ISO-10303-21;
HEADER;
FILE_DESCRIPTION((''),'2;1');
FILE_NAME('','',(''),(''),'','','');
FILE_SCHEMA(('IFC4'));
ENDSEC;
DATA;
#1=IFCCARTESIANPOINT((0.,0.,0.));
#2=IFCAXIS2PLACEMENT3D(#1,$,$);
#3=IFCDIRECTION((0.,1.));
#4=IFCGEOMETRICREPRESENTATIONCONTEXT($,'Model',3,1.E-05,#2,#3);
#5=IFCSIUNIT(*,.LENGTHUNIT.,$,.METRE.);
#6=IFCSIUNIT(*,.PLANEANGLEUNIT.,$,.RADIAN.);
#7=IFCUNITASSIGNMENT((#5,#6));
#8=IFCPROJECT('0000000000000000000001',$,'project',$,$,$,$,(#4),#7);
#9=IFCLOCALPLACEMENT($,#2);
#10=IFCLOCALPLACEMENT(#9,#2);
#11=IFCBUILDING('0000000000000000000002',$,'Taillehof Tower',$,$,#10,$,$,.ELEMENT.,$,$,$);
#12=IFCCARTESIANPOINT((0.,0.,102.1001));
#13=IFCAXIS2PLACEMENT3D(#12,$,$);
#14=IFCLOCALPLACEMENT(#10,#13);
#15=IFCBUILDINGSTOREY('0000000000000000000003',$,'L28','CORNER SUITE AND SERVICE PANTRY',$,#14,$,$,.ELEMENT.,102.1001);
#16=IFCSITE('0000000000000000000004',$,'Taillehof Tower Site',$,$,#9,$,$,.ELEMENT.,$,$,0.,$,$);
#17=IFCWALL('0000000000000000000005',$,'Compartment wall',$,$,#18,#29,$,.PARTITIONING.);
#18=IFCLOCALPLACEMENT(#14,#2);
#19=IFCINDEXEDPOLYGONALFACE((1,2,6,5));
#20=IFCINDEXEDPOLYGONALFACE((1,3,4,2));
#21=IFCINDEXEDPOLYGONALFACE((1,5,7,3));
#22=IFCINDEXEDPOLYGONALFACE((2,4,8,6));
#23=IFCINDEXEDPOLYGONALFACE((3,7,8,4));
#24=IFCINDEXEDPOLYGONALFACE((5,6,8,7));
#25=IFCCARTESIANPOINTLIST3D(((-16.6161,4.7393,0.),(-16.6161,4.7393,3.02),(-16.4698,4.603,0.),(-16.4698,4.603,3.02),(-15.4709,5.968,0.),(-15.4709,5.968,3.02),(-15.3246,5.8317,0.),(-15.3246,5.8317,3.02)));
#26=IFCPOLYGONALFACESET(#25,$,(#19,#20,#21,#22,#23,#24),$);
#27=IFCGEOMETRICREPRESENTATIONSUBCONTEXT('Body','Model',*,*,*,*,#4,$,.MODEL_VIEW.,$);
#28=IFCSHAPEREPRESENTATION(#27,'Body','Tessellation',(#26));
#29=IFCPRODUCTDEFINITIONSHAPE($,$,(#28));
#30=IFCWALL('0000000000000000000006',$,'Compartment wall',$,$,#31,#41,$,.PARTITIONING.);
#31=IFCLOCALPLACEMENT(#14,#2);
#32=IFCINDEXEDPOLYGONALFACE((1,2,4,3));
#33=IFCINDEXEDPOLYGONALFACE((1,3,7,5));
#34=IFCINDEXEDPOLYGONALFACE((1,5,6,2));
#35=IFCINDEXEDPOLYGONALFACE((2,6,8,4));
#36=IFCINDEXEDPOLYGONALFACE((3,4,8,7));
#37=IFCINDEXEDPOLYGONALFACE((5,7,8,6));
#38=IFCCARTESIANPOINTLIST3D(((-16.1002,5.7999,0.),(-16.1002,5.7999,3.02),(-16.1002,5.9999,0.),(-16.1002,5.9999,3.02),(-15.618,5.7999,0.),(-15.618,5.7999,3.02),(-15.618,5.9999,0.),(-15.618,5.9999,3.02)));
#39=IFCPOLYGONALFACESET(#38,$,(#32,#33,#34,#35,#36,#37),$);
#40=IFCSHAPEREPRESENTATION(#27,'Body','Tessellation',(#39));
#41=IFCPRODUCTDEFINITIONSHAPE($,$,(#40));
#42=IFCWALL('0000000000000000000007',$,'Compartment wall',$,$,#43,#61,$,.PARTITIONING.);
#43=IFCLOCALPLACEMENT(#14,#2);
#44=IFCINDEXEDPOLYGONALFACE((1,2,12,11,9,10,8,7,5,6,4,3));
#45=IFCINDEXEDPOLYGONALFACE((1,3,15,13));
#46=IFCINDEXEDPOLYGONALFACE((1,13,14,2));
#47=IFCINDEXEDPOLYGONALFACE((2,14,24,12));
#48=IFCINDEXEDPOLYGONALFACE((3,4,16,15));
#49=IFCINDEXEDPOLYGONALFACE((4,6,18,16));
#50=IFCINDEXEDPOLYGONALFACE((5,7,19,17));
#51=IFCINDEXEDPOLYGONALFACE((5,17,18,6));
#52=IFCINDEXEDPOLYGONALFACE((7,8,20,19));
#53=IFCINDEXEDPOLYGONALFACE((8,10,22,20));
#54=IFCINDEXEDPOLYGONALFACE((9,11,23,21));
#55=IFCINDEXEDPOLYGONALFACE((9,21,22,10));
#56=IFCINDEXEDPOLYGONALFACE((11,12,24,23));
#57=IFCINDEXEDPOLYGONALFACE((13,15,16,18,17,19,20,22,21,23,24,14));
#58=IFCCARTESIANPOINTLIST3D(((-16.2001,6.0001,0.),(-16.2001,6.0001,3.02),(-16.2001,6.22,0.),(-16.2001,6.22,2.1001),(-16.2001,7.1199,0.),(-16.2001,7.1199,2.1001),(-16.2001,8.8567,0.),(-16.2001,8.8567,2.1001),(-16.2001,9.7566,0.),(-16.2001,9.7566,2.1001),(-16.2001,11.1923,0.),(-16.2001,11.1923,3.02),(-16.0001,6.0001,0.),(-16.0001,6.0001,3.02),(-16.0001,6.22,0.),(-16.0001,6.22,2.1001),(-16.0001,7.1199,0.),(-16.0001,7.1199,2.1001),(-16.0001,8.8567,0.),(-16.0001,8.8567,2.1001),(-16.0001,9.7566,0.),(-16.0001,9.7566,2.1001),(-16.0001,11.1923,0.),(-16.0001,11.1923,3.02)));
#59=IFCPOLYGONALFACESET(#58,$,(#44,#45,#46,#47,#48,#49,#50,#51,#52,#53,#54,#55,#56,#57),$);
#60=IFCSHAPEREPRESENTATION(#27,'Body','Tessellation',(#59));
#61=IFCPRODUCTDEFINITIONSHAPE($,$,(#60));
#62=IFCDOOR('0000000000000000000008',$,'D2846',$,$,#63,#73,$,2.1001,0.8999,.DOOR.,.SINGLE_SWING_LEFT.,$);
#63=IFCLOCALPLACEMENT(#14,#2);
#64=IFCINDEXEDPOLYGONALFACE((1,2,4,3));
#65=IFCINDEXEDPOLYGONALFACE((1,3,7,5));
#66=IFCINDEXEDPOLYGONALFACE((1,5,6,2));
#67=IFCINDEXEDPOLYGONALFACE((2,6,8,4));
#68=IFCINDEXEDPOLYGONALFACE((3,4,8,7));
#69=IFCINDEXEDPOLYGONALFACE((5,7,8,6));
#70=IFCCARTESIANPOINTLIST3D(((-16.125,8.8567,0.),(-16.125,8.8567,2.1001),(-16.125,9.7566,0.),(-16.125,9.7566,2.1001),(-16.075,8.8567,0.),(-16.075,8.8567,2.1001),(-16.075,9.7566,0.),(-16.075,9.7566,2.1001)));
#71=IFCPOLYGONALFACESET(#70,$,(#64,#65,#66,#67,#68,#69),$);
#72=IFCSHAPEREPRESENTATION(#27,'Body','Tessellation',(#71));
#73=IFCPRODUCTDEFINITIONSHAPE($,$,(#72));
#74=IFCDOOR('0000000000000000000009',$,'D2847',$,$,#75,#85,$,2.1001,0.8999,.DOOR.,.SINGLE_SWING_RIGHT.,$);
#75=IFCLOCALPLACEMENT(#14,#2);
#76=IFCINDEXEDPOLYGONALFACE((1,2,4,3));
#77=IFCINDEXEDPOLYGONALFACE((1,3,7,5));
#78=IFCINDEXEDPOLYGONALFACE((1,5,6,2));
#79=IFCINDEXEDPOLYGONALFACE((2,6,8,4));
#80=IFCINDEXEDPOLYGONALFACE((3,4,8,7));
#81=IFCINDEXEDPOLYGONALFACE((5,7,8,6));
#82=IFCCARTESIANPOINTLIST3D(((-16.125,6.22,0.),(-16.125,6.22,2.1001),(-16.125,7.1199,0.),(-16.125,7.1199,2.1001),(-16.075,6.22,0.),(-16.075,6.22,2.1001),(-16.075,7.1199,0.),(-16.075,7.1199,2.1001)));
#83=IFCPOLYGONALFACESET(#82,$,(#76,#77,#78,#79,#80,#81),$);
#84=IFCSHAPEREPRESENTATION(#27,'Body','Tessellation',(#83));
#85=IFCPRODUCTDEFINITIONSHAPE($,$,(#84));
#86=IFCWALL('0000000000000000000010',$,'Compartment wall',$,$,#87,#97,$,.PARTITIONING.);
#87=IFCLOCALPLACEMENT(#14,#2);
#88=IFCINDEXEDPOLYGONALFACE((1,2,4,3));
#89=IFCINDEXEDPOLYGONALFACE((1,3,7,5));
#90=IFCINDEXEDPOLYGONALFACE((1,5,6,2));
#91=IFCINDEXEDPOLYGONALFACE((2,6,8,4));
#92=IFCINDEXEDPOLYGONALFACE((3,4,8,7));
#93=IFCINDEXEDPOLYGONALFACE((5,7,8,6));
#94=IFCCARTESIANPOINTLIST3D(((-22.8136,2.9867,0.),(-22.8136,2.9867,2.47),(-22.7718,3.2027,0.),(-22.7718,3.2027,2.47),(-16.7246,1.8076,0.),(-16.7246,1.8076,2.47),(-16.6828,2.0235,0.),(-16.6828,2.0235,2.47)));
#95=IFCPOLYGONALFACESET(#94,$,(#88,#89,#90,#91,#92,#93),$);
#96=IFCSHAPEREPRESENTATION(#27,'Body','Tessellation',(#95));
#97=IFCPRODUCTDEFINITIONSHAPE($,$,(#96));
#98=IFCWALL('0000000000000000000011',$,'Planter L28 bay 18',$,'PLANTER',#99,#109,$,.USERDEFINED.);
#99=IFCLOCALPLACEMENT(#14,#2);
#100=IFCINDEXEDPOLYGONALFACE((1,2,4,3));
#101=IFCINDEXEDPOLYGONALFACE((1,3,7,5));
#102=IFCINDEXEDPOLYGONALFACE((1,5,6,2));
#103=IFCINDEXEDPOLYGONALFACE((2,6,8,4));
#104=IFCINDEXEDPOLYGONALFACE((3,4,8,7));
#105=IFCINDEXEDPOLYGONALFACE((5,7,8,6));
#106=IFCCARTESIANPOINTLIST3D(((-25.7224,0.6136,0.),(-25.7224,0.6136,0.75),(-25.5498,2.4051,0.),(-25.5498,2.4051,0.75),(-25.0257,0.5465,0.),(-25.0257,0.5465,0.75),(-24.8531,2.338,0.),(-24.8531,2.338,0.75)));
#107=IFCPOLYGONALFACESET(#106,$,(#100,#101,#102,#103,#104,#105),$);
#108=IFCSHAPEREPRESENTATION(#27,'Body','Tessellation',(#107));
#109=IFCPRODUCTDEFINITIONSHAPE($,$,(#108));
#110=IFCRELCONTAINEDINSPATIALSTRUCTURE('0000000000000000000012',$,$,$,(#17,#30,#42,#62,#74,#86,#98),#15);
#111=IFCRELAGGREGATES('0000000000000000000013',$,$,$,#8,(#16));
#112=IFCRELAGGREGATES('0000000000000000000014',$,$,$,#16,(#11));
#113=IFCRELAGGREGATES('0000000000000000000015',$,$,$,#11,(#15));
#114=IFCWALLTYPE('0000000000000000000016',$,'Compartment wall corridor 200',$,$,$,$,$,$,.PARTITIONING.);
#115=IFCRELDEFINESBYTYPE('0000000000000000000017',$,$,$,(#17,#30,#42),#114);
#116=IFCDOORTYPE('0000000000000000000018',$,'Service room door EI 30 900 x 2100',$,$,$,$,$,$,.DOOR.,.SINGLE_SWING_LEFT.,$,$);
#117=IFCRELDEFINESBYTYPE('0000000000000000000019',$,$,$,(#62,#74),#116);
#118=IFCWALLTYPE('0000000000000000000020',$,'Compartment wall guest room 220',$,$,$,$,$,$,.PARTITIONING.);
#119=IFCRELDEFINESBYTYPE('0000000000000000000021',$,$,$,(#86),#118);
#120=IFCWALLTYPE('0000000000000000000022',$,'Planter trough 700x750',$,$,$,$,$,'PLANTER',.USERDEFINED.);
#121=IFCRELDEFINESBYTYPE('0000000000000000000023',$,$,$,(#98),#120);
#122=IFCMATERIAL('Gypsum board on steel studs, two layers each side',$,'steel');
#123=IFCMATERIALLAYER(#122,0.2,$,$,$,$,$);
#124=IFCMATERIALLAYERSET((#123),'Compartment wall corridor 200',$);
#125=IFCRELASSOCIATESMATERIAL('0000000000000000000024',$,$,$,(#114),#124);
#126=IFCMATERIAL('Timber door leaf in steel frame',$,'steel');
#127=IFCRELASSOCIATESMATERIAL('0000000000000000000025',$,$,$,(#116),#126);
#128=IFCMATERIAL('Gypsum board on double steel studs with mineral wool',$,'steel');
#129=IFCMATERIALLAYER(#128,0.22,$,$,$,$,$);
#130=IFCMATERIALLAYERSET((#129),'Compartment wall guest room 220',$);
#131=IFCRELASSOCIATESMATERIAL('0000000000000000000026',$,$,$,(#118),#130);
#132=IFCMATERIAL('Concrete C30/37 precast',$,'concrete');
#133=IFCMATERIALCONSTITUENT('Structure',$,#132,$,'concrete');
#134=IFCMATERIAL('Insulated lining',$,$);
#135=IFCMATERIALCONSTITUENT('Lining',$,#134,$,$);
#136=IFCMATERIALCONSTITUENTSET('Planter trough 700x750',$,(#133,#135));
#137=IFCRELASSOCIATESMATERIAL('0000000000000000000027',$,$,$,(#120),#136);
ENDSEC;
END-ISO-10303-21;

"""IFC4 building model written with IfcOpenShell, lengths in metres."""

from ifc_helpers import new_model, si_unit, direction, frame, frame_2d, origin, place, context, subcontext, project, spatial, rectangle, extrude, material, layer, layer_set, constituent, constituent_set, type_object, element, fill, save


model = new_model("IFC4")

# Units and contexts
model_context = context("Model", 3, precision=1e-05, world=origin(), true_north=direction((0.0, 1.0)))
body_context = subcontext(model_context, "Body", "Model", "MODEL_VIEW")
ifc_project = project(units=[si_unit("LENGTHUNIT", "METRE"), si_unit("PLANEANGLEUNIT", "RADIAN")], contexts=[model_context])

# Site, building, storey
site_placement = place(None, origin())
site = spatial("IfcSite", under=ifc_project, at=site_placement, Name="Taillehof Tower Site", CompositionType="ELEMENT", RefElevation=0.0)
building_placement = place(site_placement, origin())
building = spatial("IfcBuilding", under=site, at=building_placement, Name="Taillehof Tower", CompositionType="ELEMENT")
storey_placement = place(building_placement, frame((0.0, 0.0, 102.1001)))
storey = spatial("IfcBuildingStorey", under=building, at=storey_placement, Name="L28", Description="CORNER SUITE AND SERVICE PANTRY", CompositionType="ELEMENT", Elevation=102.1001)

# Walls
ifc_material_1 = material(Name="Gypsum board on steel studs, two layers each side", Category="steel")
ifc_layer_1 = layer(ifc_material_1, 0.2)
ifc_layer_set_1 = layer_set([ifc_layer_1], Name="Compartment wall corridor 200")
wall_type_1 = type_object("IfcWallType", Name="Compartment wall corridor 200", PredefinedType="PARTITIONING", material=ifc_layer_set_1)
wall_1_placement = place(storey_placement, frame((-16.543, 4.6711, 0.0), z_axis=(0.0, 0.0, 1.0), x_axis=(0.681816, 0.731524, 0.0)))
element("IfcWall", 1, at=wall_1_placement, inside=storey, type_object=wall_type_1, Name="Compartment wall", PredefinedType="PARTITIONING", context=body_context, shape_type="SweptSolid", body=[
    extrude(rectangle(XDim=1.6797, YDim=0.2, at=frame_2d((0.8398, 0.0))), origin(), (0.0, 0.0, 1.0), 3.02),
])
wall_2_placement = place(storey_placement, frame((-15.6179, 5.8999, 0.0), z_axis=(0.0, 0.0, 1.0), x_axis=(-1.0, 0.0, 0.0)))
element("IfcWall", 2, at=wall_2_placement, inside=storey, type_object=wall_type_1, Name="Compartment wall", PredefinedType="PARTITIONING", context=body_context, shape_type="SweptSolid", body=[
    extrude(rectangle(XDim=0.4822, YDim=0.2, at=frame_2d((0.2412, 0.0))), origin(), (0.0, 0.0, 1.0), 3.02),
])

# Wall, openings, doors
wall_3_placement = place(storey_placement, frame((-16.1001, 6.0, 0.0), z_axis=(0.0, 0.0, 1.0), x_axis=(0.0, 1.0, 0.0)))
wall_3 = element("IfcWall", 3, at=wall_3_placement, inside=storey, type_object=wall_type_1, Name="Compartment wall", PredefinedType="PARTITIONING", context=body_context, shape_type="SweptSolid", body=[
    extrude(rectangle(XDim=5.1921, YDim=0.2, at=frame_2d((2.5962, 0.0))), origin(), (0.0, 0.0, 1.0), 3.02),
])
opening_1_placement = place(wall_3_placement, frame((2.8567, 0.0, 0.0)))
opening_1 = element("IfcOpeningElement", 4, at=opening_1_placement, cuts=wall_3, PredefinedType="OPENING", context=body_context, shape_type="SweptSolid", body=[
    extrude(rectangle(XDim=0.8999, YDim=2.1001, at=frame_2d((0.45, 1.05))), frame((0.0, 0.1099, 0.0), z_axis=(0.0, -1.0, 0.0), x_axis=(1.0, 0.0, 0.0)), (0.0, 0.0, 1.0), 0.22),
])
opening_2_placement = place(wall_3_placement, frame((0.22, 0.0, 0.0)))
opening_2 = element("IfcOpeningElement", 5, at=opening_2_placement, cuts=wall_3, PredefinedType="OPENING", context=body_context, shape_type="SweptSolid", body=[
    extrude(rectangle(XDim=0.8999, YDim=2.1001, at=frame_2d((0.45, 1.05))), frame((0.0, 0.1099, 0.0), z_axis=(0.0, -1.0, 0.0), x_axis=(1.0, 0.0, 0.0)), (0.0, 0.0, 1.0), 0.22),
])
ifc_material_2 = material(Name="Timber door leaf in steel frame", Category="steel")
door_type_1 = type_object("IfcDoorType", Name="Service room door EI 30 900 x 2100", OperationType="SINGLE_SWING_LEFT", PredefinedType="DOOR", material=ifc_material_2)
door_1_placement = place(opening_1_placement, origin())
door_1 = element("IfcDoor", 6, at=door_1_placement, inside=storey, type_object=door_type_1, Name="D2846", OperationType="SINGLE_SWING_LEFT", OverallHeight=2.1001, OverallWidth=0.8999, PredefinedType="DOOR", context=body_context, shape_type="SweptSolid", body=[
    extrude(rectangle(XDim=0.8999, YDim=2.1001, at=frame_2d((0.45, 1.05))), frame((0.0, 0.0249, 0.0), z_axis=(0.0, -1.0, 0.0), x_axis=(1.0, 0.0, 0.0)), (0.0, 0.0, 1.0), 0.05),
])
fill(opening_1, door_1)
door_2_placement = place(opening_2_placement, origin())
door_2 = element("IfcDoor", 7, at=door_2_placement, inside=storey, type_object=door_type_1, Name="D2847", OperationType="SINGLE_SWING_RIGHT", OverallHeight=2.1001, OverallWidth=0.8999, PredefinedType="DOOR", context=body_context, shape_type="SweptSolid", body=[
    extrude(rectangle(XDim=0.8999, YDim=2.1001, at=frame_2d((0.45, 1.05))), frame((0.0, 0.0249, 0.0), z_axis=(0.0, -1.0, 0.0), x_axis=(1.0, 0.0, 0.0)), (0.0, 0.0, 1.0), 0.05),
])
fill(opening_2, door_2)

# Walls
ifc_material_3 = material(Name="Gypsum board on double steel studs with mineral wool", Category="steel")
ifc_layer_2 = layer(ifc_material_3, 0.22)
ifc_layer_set_2 = layer_set([ifc_layer_2], Name="Compartment wall guest room 220")
wall_type_2 = type_object("IfcWallType", Name="Compartment wall guest room 220", PredefinedType="PARTITIONING", material=ifc_layer_set_2)
wall_4_placement = place(storey_placement, frame((-22.7927, 3.0947, 0.0), z_axis=(0.0, 0.0, 1.0), x_axis=(0.98176, -0.190125, 0.0)))
element("IfcWall", 8, at=wall_4_placement, inside=storey, type_object=wall_type_2, Name="Compartment wall", PredefinedType="PARTITIONING", context=body_context, shape_type="SweptSolid", body=[
    extrude(rectangle(XDim=6.2021, YDim=0.22, at=frame_2d((3.1011, 0.0))), origin(), (0.0, 0.0, 1.0), 2.47),
])
ifc_material_4 = material(Name="Concrete C30/37 precast", Category="concrete")
ifc_constituent_1 = constituent(ifc_material_4, Name="Structure", Category="concrete")
ifc_material_5 = material(Name="Insulated lining")
ifc_constituent_2 = constituent(ifc_material_5, Name="Lining")
ifc_constituent_set = constituent_set(constituents=[ifc_constituent_1, ifc_constituent_2], Name="Planter trough 700x750")
wall_type_3 = type_object("IfcWallType", Name="Planter trough 700x750", ElementType="PLANTER", PredefinedType="USERDEFINED", material=ifc_constituent_set)
wall_5_placement = place(storey_placement, frame((-25.2014, 2.3716, 0.0), z_axis=(0.0, 0.0, 1.0), x_axis=(-0.095904, -0.995391, 0.0)))
element("IfcWall", 9, at=wall_5_placement, inside=storey, type_object=wall_type_3, Name="Planter L28 bay 18", ObjectType="PLANTER", PredefinedType="USERDEFINED", context=body_context, shape_type="SweptSolid", body=[
    extrude(rectangle(XDim=1.7998, YDim=0.7, at=frame_2d((0.8999, 0.0))), origin(), (0.0, 0.0, 1.0), 0.75),
])

save(model, "model.ifc")
